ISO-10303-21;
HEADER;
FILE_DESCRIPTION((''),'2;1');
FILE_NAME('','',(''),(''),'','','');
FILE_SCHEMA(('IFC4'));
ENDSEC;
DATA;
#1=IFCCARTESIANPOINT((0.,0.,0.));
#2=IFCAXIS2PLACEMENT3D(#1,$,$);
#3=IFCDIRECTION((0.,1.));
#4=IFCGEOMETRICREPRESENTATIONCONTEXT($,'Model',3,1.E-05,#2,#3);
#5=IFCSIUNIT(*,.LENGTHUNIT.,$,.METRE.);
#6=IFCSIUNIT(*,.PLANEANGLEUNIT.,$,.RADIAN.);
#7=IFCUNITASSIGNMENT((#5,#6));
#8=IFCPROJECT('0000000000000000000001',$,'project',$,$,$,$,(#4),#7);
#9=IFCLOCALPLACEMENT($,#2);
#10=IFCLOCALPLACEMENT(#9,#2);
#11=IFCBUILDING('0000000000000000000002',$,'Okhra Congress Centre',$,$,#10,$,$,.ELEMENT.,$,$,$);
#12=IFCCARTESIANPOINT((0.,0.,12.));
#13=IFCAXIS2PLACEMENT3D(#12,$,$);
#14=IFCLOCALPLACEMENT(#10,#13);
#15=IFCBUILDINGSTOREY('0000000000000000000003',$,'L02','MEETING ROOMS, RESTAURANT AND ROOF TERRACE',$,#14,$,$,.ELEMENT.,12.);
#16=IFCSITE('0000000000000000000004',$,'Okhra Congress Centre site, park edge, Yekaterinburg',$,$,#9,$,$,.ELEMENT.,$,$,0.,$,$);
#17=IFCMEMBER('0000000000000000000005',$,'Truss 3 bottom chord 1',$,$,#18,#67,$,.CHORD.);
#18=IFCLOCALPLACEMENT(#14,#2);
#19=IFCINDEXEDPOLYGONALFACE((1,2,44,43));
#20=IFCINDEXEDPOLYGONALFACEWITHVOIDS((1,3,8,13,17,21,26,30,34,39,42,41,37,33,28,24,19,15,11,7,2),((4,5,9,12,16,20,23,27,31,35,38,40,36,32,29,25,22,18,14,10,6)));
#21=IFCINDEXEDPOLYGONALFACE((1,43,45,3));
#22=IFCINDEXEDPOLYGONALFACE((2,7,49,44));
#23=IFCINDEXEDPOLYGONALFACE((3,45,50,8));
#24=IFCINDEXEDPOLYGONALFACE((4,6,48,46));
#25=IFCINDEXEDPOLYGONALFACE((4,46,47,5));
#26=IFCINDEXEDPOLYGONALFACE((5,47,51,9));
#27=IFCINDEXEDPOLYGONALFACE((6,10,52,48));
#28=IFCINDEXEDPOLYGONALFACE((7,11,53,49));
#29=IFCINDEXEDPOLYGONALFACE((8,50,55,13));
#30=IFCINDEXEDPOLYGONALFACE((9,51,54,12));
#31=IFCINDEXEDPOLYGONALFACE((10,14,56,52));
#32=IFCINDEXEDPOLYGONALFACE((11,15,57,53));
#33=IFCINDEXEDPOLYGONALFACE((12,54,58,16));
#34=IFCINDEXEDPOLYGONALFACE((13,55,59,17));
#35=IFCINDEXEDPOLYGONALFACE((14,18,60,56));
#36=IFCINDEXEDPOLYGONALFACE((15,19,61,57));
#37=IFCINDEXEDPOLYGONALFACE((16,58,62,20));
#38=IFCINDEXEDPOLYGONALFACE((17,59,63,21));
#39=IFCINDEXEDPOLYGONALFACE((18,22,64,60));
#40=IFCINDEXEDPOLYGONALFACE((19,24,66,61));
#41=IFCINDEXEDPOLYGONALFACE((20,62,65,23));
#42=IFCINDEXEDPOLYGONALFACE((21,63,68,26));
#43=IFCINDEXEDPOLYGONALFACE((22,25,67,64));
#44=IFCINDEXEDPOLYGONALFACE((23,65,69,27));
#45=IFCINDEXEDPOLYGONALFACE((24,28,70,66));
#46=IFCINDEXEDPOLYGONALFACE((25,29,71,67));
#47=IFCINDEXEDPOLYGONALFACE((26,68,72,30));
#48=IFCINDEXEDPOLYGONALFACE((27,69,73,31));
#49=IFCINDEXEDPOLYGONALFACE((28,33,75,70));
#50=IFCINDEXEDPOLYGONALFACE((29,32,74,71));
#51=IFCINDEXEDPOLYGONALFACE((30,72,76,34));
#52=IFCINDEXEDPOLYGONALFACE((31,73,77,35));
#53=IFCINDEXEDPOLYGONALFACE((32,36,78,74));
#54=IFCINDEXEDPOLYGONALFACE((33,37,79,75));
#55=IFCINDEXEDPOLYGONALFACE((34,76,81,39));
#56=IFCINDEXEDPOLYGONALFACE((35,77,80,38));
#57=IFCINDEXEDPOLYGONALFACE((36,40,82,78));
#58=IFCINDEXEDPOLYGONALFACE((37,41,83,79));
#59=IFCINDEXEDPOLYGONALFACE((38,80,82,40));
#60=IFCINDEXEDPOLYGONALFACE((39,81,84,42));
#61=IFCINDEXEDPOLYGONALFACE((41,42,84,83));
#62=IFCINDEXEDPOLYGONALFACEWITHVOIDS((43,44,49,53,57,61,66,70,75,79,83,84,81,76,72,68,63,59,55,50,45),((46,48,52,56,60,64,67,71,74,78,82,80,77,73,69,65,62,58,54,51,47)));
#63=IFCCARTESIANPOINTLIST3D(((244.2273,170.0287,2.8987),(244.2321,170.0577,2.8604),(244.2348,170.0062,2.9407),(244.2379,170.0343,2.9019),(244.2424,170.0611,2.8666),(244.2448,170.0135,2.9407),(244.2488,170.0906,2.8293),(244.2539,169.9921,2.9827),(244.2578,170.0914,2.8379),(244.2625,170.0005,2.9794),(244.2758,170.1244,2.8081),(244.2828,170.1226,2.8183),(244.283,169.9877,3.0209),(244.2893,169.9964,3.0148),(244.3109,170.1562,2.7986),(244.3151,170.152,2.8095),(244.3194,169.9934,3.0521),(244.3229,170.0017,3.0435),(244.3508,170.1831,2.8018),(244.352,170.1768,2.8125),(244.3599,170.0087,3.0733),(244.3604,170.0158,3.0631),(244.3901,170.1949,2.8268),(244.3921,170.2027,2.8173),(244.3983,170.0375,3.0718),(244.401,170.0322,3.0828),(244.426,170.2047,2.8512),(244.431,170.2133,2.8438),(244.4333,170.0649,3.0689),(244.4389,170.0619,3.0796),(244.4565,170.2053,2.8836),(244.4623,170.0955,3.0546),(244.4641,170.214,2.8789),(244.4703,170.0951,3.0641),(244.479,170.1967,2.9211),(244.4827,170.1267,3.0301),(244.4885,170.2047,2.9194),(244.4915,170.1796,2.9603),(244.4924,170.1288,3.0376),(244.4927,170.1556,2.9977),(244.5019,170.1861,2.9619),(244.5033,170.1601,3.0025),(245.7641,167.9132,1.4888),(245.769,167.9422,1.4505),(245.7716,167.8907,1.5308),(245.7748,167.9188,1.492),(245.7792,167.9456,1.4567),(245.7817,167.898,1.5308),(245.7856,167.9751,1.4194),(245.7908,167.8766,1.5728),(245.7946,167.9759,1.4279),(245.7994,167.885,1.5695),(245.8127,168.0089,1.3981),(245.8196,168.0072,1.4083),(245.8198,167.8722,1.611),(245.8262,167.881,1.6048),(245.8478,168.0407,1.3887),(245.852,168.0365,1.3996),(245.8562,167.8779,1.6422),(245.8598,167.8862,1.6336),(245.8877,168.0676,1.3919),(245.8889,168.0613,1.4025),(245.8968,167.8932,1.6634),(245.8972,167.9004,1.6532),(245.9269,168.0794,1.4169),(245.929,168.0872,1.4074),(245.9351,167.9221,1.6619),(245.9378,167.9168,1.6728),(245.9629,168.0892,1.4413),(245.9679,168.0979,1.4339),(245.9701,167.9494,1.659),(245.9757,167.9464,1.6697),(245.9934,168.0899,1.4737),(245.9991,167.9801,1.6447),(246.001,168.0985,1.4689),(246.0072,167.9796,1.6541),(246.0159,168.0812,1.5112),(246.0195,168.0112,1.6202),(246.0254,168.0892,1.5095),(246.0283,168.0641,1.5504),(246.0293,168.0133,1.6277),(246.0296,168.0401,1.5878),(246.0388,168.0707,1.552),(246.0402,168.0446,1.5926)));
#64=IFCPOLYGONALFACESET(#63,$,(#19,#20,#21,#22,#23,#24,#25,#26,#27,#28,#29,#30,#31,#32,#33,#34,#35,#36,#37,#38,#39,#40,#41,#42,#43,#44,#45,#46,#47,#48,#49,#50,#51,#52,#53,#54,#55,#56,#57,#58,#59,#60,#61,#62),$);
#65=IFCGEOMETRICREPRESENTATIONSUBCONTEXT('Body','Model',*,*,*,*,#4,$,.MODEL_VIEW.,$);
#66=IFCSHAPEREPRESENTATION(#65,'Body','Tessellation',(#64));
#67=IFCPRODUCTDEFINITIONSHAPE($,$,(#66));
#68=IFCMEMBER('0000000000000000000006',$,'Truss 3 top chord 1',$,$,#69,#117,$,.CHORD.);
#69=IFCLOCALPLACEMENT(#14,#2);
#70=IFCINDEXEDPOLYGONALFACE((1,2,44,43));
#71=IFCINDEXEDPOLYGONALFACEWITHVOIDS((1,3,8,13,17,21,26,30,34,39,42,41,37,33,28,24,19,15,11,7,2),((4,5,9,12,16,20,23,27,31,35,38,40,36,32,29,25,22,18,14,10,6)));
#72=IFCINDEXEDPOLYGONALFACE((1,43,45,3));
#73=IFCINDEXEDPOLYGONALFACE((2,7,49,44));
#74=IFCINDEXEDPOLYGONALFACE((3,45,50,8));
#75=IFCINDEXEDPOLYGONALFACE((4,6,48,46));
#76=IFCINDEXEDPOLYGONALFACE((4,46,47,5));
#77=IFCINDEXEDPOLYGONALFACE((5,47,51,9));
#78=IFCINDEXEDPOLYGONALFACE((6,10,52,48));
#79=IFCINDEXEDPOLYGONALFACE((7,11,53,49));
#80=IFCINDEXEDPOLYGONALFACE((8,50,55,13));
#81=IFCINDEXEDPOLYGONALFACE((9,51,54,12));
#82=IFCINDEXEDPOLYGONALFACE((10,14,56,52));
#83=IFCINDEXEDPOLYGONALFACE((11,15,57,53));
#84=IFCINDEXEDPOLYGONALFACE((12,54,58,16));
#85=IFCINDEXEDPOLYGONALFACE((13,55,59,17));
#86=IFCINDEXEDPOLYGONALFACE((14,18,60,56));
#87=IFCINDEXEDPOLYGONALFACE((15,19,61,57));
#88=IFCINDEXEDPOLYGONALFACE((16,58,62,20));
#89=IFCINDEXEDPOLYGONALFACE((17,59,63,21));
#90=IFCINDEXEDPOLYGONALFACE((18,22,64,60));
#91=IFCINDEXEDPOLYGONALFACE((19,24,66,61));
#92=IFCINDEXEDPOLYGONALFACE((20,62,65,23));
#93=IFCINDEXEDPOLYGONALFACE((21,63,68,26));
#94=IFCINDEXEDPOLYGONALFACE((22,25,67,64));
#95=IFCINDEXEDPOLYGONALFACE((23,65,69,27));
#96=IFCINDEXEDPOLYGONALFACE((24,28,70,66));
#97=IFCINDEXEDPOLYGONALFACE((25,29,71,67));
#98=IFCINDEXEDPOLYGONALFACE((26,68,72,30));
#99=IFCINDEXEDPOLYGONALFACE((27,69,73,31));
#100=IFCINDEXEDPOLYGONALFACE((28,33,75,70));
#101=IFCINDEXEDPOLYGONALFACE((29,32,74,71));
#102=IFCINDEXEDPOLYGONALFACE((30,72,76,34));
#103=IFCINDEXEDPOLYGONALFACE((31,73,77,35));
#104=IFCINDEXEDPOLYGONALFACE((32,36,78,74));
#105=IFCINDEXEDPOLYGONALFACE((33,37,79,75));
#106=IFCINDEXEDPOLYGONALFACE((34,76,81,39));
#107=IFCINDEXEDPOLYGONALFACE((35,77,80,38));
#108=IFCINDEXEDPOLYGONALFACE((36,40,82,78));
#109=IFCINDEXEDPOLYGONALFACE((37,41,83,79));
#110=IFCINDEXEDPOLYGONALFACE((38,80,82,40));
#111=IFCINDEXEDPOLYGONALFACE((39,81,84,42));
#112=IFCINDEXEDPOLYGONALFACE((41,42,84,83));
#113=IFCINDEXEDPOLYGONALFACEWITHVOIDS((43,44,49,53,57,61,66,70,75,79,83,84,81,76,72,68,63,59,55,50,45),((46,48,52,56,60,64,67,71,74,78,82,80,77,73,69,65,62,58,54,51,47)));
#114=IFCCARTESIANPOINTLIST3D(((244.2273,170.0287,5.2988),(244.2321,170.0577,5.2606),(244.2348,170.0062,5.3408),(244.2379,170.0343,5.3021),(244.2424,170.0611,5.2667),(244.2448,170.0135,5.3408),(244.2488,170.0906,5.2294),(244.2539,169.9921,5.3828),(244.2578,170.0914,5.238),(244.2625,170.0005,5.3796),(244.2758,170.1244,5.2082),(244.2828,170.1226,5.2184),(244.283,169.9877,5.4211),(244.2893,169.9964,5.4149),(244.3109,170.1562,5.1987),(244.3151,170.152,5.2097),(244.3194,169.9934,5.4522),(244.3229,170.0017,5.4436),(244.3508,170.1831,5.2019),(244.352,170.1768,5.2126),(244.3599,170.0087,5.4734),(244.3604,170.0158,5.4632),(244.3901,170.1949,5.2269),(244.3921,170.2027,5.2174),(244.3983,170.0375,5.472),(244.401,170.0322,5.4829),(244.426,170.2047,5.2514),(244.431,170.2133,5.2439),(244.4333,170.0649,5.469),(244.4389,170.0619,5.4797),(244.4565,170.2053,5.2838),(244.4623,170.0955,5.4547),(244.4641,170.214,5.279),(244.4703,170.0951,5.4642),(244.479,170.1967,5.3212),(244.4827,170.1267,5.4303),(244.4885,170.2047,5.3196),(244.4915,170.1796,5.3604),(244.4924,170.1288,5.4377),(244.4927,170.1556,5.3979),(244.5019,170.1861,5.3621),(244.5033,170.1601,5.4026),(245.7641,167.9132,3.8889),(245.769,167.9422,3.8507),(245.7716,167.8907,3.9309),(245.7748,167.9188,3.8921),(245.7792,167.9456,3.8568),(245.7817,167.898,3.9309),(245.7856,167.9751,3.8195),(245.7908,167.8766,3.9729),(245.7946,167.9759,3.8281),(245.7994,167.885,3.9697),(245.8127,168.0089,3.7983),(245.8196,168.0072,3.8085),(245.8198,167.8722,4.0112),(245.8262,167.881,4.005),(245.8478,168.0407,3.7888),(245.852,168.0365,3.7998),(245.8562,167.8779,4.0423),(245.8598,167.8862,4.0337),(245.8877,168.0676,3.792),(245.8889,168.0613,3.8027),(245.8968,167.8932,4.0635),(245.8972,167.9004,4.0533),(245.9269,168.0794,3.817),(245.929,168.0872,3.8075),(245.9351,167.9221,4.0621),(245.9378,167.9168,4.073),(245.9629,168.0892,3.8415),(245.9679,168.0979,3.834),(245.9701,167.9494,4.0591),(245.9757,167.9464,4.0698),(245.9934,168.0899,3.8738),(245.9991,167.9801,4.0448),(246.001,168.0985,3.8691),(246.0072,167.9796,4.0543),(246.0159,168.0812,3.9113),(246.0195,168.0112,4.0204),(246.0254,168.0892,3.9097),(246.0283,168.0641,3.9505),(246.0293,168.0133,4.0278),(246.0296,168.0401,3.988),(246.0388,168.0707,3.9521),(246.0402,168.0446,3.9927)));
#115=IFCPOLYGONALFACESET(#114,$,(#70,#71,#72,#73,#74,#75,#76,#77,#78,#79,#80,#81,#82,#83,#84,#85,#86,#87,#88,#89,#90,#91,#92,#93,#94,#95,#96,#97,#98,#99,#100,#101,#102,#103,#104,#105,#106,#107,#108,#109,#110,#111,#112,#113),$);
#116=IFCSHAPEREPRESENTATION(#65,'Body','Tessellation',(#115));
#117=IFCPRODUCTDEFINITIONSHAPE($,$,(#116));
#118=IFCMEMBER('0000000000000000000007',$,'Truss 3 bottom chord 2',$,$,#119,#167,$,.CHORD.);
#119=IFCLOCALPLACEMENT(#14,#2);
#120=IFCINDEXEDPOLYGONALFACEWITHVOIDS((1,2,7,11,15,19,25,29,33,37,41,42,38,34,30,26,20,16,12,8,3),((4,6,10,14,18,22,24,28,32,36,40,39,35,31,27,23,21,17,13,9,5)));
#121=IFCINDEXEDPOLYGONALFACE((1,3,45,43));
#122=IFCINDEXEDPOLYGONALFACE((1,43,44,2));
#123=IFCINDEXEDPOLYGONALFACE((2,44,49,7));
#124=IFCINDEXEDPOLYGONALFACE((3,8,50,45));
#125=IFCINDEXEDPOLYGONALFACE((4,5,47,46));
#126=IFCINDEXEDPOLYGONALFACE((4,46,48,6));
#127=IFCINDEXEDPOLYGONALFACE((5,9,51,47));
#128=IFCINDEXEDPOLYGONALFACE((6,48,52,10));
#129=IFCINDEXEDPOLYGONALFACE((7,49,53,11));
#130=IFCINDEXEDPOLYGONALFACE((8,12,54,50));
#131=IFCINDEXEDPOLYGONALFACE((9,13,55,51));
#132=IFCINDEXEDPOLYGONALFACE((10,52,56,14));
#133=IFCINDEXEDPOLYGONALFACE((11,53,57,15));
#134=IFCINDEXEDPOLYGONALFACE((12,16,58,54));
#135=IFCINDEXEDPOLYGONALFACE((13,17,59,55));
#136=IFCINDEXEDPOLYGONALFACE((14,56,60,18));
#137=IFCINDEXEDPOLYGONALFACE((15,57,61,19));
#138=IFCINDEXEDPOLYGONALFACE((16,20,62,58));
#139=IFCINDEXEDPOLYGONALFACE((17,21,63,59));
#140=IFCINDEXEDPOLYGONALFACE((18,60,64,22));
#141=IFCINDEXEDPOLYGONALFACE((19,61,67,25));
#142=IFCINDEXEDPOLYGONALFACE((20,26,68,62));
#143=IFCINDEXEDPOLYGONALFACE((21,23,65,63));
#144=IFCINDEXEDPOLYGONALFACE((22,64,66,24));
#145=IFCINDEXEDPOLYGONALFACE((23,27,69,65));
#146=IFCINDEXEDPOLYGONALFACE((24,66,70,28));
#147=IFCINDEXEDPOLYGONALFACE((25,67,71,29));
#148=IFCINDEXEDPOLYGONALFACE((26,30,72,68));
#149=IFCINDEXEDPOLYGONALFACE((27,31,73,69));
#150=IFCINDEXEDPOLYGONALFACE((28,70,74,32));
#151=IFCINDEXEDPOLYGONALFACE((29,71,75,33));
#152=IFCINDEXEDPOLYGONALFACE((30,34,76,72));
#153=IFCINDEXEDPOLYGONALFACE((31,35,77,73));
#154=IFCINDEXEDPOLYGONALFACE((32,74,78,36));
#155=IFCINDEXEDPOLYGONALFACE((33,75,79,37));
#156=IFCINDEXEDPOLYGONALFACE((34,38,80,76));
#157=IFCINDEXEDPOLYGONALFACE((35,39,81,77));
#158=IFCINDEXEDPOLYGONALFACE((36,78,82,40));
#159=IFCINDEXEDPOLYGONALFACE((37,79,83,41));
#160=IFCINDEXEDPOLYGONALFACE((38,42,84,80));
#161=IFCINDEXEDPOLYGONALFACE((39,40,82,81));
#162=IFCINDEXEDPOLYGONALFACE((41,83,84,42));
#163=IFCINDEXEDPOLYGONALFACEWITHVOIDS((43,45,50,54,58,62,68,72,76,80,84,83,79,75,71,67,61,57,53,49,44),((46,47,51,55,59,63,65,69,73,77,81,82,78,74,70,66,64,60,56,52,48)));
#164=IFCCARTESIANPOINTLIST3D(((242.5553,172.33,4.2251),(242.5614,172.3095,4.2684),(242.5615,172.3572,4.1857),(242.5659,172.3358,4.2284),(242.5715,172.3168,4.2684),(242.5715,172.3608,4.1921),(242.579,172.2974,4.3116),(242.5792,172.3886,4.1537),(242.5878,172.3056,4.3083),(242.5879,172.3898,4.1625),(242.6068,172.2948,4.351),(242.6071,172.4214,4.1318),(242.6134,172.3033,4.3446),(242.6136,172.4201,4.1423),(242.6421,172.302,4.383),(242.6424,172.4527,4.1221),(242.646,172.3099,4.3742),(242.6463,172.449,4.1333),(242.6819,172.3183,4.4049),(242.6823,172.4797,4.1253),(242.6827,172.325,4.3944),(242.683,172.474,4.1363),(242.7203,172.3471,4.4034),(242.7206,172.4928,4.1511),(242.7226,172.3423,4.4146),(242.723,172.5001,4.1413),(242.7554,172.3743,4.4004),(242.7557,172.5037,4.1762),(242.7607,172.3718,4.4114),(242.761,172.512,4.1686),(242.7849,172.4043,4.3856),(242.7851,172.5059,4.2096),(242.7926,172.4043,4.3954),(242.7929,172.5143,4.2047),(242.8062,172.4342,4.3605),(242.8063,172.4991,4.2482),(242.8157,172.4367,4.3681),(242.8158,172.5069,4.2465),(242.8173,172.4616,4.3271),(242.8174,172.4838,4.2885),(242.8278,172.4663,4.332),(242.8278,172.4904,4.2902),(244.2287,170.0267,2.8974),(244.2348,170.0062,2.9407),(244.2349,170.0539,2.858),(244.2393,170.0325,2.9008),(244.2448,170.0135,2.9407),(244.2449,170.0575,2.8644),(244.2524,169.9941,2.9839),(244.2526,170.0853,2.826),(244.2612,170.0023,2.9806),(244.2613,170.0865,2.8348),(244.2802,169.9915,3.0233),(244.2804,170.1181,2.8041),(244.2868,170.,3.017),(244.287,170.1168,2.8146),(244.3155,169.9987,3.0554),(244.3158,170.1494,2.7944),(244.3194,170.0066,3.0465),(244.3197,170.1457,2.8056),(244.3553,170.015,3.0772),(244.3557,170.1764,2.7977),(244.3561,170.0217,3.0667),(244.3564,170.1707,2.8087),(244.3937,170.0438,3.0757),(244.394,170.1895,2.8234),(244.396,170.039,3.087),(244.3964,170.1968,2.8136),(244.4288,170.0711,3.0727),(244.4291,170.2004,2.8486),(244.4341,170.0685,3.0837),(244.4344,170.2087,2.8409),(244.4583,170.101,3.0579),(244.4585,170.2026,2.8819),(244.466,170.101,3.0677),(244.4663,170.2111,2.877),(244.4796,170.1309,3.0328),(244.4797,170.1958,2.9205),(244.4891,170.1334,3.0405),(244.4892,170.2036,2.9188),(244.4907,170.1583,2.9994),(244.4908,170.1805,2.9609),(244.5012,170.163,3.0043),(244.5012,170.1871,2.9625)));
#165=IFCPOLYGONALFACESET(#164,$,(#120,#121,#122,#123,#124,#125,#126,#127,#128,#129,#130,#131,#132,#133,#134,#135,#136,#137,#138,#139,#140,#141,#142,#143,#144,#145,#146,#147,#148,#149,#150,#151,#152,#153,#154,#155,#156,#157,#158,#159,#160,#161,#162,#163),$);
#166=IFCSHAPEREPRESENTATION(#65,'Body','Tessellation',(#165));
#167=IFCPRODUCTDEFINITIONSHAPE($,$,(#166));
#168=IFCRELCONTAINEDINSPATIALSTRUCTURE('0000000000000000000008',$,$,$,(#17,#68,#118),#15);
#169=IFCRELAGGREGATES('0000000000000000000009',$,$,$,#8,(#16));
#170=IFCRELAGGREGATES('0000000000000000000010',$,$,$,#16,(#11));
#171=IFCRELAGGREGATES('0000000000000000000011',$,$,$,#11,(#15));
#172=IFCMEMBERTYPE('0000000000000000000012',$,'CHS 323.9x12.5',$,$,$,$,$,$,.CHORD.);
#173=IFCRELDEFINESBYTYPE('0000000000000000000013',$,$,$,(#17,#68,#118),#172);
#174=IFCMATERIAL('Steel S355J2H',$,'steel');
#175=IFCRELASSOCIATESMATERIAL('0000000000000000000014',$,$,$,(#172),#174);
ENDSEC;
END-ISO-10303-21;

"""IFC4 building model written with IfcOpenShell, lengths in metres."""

from ifc_helpers import new_model, si_unit, direction, frame, origin, origin_2d, place, context, subcontext, project, spatial, hollow_circle, extrude, material, material_profile, profile_set, type_object, element, save


model = new_model("IFC4")

# Units and contexts
model_context = context("Model", 3, precision=1e-05, world=origin(), true_north=direction((0.0, 1.0)))
body_context = subcontext(model_context, "Body", "Model", "MODEL_VIEW")
ifc_project = project(units=[si_unit("LENGTHUNIT", "METRE"), si_unit("PLANEANGLEUNIT", "RADIAN")], contexts=[model_context])

# Site, building, storey
site_placement = place(None, origin())
site = spatial("IfcSite", under=ifc_project, at=site_placement, Name="Okhra Congress Centre site, park edge, Yekaterinburg", CompositionType="ELEMENT", RefElevation=0.0)
building_placement = place(site_placement, origin())
building = spatial("IfcBuilding", under=site, at=building_placement, Name="Okhra Congress Centre", CompositionType="ELEMENT")
storey_placement = place(building_placement, frame((0.0, 0.0, 12.0)))
storey = spatial("IfcBuildingStorey", under=building, at=storey_placement, Name="L02", Description="MEETING ROOMS, RESTAURANT AND ROOF TERRACE", CompositionType="ELEMENT", Elevation=12.0)

# Shared definitions
ifc_material_1 = material(Name="Steel S355J2H", Category="steel")

# Members
ifc_material_profile_1 = material_profile(ifc_material_1, hollow_circle(Radius=0.1619, WallThickness=0.0125, at=origin_2d()), Name="CHS 323.9x12.5")
ifc_profile_set_1 = profile_set([ifc_material_profile_1], Name="Steel S355J2H")
member_type_1 = type_object("IfcMemberType", Name="CHS 323.9x12.5", PredefinedType="CHORD", material=ifc_profile_set_1)
for number, where, z_axis, x_axis, name in (
    (1, (245.9026, 167.9858, 1.5308), (-0.517341, 0.712115, 0.474606), (-0.809039, -0.587755, 0.0), "Truss 3 bottom chord 1"),
    (2, (245.9026, 167.9858, 3.9309), (-0.517341, 0.712115, 0.474606), (-0.809039, -0.587755, 0.0), "Truss 3 top chord 1"),
):
    element("IfcMember", number, at=place(storey_placement, frame(where, z_axis=z_axis, x_axis=x_axis)), inside=storey, type_object=member_type_1, Name=name, PredefinedType="CHORD", context=body_context, shape_type="SweptSolid", body=[
        extrude(hollow_circle(Radius=0.1619, WallThickness=0.0125, at=origin_2d()), origin(), (0.0, 0.0, 1.0), 2.9707),
    ])
member_1_placement = place(storey_placement, frame((244.3657, 170.1013, 2.9407), z_axis=(-0.532697, 0.733216, 0.422645), x_axis=(-0.809025, -0.587774, 0.0)))
element("IfcMember", 3, at=member_1_placement, inside=storey, type_object=member_type_1, Name="Truss 3 bottom chord 2", PredefinedType="CHORD", context=body_context, shape_type="SweptSolid", body=[
    extrude(hollow_circle(Radius=0.1619, WallThickness=0.0125, at=origin_2d()), origin(), (0.0, 0.0, 1.0), 3.1414),
])

save(model, "model.ifc")
